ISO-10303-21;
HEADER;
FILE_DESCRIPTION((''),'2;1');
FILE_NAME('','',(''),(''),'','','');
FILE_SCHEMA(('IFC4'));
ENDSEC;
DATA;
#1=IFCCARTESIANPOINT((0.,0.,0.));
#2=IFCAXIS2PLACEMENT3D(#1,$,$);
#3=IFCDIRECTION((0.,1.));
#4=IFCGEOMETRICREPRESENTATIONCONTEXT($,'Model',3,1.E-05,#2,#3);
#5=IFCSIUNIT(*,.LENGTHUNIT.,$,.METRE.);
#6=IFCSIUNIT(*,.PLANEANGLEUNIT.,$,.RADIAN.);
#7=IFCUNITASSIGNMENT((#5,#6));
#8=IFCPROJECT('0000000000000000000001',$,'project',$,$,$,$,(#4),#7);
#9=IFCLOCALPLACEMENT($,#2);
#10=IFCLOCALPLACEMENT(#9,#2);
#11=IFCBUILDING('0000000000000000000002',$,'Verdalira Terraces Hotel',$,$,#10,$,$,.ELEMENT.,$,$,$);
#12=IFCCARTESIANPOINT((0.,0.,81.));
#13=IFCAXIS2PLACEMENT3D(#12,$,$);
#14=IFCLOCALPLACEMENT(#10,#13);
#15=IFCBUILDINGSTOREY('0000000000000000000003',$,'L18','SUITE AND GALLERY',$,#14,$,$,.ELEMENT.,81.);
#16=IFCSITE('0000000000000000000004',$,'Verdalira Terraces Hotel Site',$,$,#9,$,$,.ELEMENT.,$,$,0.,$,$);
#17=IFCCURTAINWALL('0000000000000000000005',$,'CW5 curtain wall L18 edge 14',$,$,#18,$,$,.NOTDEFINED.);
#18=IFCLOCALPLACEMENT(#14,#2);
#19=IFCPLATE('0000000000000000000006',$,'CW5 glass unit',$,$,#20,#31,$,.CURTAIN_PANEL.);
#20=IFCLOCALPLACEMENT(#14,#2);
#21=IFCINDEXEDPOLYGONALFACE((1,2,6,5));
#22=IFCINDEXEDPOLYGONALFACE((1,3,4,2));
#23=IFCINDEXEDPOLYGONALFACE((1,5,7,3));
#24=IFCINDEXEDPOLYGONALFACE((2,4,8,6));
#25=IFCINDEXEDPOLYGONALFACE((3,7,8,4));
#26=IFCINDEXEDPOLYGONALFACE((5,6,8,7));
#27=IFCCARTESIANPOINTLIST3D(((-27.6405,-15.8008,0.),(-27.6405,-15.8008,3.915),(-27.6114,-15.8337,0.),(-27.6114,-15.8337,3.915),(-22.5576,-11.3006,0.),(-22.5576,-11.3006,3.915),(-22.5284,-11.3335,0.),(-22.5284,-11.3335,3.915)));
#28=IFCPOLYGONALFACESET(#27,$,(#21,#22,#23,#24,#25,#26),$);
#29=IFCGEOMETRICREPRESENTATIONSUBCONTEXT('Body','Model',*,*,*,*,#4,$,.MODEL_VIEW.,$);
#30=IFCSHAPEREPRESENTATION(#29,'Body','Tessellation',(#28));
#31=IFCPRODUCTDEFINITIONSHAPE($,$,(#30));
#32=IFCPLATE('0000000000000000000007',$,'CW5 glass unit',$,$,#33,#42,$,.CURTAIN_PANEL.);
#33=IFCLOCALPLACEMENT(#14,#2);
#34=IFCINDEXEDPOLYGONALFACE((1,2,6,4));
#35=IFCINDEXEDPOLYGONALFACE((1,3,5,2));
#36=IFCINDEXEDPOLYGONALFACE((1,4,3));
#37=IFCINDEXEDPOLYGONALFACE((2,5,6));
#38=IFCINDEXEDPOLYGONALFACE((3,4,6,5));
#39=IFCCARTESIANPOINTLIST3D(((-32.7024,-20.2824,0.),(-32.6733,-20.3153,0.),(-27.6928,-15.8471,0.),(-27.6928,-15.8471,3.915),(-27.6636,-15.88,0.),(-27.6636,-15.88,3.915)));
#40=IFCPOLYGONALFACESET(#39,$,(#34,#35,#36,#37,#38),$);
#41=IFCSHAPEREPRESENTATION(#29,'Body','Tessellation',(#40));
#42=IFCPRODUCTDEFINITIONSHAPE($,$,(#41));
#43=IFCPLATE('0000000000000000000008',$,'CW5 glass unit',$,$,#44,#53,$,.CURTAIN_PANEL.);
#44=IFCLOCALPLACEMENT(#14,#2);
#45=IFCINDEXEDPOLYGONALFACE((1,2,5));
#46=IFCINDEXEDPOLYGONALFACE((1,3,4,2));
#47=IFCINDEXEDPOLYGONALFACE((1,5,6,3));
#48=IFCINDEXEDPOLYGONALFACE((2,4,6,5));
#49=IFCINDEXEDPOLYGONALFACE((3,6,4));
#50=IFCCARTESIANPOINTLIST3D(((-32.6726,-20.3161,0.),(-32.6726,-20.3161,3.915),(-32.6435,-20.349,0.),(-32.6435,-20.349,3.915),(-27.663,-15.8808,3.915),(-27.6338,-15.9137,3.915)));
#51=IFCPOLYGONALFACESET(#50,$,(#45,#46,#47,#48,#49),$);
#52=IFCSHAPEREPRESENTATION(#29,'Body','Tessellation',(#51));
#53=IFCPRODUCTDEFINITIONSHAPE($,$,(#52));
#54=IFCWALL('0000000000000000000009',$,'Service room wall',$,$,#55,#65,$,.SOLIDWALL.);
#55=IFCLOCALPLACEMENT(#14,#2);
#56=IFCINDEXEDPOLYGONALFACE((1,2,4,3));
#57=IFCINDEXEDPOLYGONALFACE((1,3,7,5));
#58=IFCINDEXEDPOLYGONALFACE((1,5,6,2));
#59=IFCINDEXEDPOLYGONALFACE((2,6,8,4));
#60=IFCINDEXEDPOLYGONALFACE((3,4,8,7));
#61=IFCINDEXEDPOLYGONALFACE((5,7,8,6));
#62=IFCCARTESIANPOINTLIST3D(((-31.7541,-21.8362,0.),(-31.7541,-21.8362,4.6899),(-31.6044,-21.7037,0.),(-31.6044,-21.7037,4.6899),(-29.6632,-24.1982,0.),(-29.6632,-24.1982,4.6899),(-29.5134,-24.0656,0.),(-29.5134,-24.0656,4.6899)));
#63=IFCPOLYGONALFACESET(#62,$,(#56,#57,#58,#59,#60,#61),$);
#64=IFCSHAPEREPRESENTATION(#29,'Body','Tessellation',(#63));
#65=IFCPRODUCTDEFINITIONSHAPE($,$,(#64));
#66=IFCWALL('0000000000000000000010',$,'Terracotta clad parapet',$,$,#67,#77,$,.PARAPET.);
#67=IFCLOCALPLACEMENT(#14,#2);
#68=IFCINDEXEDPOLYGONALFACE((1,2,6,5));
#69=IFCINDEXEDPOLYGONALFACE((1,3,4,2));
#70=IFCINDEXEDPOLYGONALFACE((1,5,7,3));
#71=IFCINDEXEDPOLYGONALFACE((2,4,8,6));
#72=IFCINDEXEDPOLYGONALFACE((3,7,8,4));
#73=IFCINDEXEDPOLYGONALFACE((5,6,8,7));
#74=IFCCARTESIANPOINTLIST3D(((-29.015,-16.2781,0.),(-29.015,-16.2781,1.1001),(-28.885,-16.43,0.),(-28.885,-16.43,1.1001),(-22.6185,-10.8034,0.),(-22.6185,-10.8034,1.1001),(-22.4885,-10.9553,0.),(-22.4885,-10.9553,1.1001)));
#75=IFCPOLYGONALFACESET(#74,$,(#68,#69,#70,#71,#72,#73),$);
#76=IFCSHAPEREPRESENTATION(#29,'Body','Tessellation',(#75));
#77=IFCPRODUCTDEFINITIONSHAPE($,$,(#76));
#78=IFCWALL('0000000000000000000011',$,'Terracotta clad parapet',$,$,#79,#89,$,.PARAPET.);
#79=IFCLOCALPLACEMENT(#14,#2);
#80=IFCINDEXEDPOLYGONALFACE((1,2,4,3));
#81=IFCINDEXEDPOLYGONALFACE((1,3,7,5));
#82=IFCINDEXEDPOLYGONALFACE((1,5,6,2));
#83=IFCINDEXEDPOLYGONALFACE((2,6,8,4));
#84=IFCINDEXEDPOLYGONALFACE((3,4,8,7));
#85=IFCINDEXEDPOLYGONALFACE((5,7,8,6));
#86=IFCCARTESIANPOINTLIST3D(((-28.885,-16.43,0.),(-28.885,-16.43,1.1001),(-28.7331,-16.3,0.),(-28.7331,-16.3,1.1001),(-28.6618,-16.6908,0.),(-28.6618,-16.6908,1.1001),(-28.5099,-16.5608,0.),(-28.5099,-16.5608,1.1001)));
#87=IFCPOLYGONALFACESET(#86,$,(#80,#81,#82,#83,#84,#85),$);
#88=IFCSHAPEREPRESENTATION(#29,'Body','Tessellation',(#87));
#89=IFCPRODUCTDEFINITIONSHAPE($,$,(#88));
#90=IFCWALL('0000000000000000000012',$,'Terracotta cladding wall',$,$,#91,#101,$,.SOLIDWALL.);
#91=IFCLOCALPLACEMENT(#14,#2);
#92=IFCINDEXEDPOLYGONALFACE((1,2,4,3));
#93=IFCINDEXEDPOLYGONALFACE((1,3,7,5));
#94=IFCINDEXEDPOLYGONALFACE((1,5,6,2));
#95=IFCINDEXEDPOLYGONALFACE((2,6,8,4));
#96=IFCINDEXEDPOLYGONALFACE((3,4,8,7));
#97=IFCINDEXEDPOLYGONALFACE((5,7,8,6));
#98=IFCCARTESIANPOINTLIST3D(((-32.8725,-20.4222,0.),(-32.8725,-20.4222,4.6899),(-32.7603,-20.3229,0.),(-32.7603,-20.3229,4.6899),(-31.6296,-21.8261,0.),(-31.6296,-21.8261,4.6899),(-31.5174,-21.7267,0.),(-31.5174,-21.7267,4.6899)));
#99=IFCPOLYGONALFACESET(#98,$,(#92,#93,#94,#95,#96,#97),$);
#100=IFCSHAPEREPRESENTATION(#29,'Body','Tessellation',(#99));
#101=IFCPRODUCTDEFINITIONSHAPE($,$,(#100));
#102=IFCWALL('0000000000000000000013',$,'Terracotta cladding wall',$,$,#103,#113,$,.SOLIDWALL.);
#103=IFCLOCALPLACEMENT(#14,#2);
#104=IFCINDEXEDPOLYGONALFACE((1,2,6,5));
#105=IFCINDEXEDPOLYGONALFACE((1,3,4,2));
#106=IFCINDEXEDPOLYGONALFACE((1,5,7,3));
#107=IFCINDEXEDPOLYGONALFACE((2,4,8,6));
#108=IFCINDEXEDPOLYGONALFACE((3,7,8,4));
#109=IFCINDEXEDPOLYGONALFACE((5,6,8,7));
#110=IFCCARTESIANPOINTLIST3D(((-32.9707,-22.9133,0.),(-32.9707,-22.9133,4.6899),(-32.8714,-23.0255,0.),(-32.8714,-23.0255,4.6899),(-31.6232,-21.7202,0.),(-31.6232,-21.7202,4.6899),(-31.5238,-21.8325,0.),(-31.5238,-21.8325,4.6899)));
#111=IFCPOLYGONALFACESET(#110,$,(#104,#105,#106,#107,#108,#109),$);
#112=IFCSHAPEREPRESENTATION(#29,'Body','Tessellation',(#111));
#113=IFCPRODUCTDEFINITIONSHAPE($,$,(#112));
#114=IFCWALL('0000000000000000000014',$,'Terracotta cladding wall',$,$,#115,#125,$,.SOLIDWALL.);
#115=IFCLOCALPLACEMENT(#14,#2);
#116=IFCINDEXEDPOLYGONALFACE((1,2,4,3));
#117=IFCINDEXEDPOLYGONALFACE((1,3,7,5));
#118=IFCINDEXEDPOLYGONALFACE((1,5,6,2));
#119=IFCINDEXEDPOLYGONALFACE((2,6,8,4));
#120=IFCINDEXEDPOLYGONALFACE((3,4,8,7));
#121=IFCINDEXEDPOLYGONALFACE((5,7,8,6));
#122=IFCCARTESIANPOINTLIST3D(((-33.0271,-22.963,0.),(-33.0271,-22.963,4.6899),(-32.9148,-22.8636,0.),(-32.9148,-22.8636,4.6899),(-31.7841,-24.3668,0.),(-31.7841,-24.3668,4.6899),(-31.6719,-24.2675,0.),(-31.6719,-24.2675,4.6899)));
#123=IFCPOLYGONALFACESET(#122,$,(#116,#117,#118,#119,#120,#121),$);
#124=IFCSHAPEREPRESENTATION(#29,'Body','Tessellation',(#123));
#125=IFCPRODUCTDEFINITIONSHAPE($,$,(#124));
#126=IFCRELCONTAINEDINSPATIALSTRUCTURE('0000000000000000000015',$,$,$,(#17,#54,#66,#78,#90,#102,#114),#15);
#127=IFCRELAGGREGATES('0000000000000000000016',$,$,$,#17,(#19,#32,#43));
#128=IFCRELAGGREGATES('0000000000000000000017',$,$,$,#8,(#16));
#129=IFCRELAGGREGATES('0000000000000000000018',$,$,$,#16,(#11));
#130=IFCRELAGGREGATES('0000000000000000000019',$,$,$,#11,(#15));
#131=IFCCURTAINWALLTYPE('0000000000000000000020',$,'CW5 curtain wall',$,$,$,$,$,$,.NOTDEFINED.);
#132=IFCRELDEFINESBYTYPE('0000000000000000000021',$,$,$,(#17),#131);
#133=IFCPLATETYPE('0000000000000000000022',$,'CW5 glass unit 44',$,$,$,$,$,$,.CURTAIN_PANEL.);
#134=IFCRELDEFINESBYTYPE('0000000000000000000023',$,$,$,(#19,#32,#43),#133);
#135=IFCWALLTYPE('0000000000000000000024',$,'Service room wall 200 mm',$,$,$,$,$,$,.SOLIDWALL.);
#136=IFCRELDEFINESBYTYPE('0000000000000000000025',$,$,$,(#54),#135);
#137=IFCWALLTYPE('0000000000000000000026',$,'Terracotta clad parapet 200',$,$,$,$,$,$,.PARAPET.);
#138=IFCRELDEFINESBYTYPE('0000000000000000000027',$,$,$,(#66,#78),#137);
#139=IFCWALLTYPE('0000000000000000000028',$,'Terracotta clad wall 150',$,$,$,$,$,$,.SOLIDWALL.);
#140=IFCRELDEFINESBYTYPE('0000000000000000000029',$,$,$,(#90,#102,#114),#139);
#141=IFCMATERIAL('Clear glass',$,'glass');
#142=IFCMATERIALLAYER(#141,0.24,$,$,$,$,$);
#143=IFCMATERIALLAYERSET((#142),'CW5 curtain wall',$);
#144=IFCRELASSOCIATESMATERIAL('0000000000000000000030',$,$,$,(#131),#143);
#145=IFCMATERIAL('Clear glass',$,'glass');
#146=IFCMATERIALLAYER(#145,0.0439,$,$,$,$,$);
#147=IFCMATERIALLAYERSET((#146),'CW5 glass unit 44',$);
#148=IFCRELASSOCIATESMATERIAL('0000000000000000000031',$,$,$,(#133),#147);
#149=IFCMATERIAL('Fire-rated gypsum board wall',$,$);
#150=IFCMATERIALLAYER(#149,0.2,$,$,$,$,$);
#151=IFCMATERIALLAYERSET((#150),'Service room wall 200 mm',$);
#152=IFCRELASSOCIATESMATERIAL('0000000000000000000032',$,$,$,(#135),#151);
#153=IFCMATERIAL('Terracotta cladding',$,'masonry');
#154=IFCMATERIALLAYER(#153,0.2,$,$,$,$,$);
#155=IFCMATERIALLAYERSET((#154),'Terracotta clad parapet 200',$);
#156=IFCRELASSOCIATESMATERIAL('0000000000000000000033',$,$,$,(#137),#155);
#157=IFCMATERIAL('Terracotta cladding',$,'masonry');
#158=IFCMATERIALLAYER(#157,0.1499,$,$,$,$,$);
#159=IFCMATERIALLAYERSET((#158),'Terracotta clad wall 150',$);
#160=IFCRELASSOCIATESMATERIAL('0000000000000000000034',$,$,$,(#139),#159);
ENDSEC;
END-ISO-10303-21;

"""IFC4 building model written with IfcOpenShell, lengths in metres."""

from ifc_helpers import new_model, si_unit, direction, frame, frame_2d, origin, origin_2d, place, context, subcontext, project, spatial, polyline, rectangle, outline, extrude, material, layer, layer_set, type_object, element, aggregate, save


model = new_model("IFC4")

# Units and contexts
model_context = context("Model", 3, precision=1e-05, world=origin(), true_north=direction((0.0, 1.0)))
body_context = subcontext(model_context, "Body", "Model", "MODEL_VIEW")
ifc_project = project(units=[si_unit("LENGTHUNIT", "METRE"), si_unit("PLANEANGLEUNIT", "RADIAN")], contexts=[model_context])

# Site, building, storey
site_placement = place(None, origin())
site = spatial("IfcSite", under=ifc_project, at=site_placement, Name="Verdalira Terraces Hotel Site", CompositionType="ELEMENT", RefElevation=0.0)
building_placement = place(site_placement, origin())
building = spatial("IfcBuilding", under=site, at=building_placement, Name="Verdalira Terraces Hotel", CompositionType="ELEMENT")
storey_placement = place(building_placement, frame((0.0, 0.0, 81.0)))
storey = spatial("IfcBuildingStorey", under=building, at=storey_placement, Name="L18", Description="SUITE AND GALLERY", CompositionType="ELEMENT", Elevation=81.0)

# Shared definitions
ifc_material_1 = material(Name="Clear glass", Category="glass")
ifc_layer_1 = layer(ifc_material_1, 0.24)
ifc_layer_set_1 = layer_set([ifc_layer_1], Name="CW5 curtain wall")
curtain_wall_type = type_object("IfcCurtainWallType", Name="CW5 curtain wall", PredefinedType="NOTDEFINED", material=ifc_layer_set_1)

# Curtain wall
curtain_wall_1_placement = place(storey_placement, origin())
curtain_wall_1 = element("IfcCurtainWall", 1, at=curtain_wall_1_placement, inside=storey, type_object=curtain_wall_type, Name="CW5 curtain wall L18 edge 14", PredefinedType="NOTDEFINED")

# Plates
ifc_material_2 = material(Name="Clear glass", Category="glass")
ifc_layer_2 = layer(ifc_material_2, 0.0439)
ifc_layer_set_2 = layer_set([ifc_layer_2], Name="CW5 glass unit 44")
plate_type = type_object("IfcPlateType", Name="CW5 glass unit 44", PredefinedType="CURTAIN_PANEL", material=ifc_layer_set_2)
plate_1_placement = place(storey_placement, frame((-25.0845, -13.5671, 0.0), z_axis=(0.0, 0.0, 1.0), x_axis=(-0.748724, -0.662881, 0.0)))
plate_1 = element("IfcPlate", 2, at=plate_1_placement, type_object=plate_type, Name="CW5 glass unit", PredefinedType="CURTAIN_PANEL", context=body_context, shape_type="SweptSolid", body=[
    extrude(rectangle(XDim=6.7888, YDim=0.0439, at=origin_2d()), origin(), (0.0, 0.0, 1.0), 3.915),
])
plate_2_placement = place(storey_placement, frame((-30.1685, -18.0977, 1.9575), z_axis=(-0.662881, 0.748724, 0.0), x_axis=(-0.748724, -0.662881, 0.0)))
plate_2 = element("IfcPlate", 3, at=plate_2_placement, type_object=plate_type, Name="CW5 glass unit", PredefinedType="CURTAIN_PANEL", context=body_context, shape_type="SweptSolid", body=[
    extrude(outline(polyline([(-3.3455, -1.9575), (3.3455, -1.9575), (-3.3455, 1.9575), (-3.3455, -1.9575)])), origin(), (0.0, 0.0, 1.0), 0.0439),
])
plate_3_placement = place(storey_placement, frame((-30.1387, -18.1313, 1.9575), z_axis=(-0.662881, 0.748724, 0.0), x_axis=(-0.748724, -0.662881, 0.0)))
plate_3 = element("IfcPlate", 4, at=plate_3_placement, type_object=plate_type, Name="CW5 glass unit", PredefinedType="CURTAIN_PANEL", context=body_context, shape_type="SweptSolid", body=[
    extrude(outline(polyline([(3.3455, -1.9575), (3.3455, 1.9575), (-3.3455, 1.9575), (3.3455, -1.9575)])), origin(), (0.0, 0.0, 1.0), 0.0439),
])
aggregate(curtain_wall_1, [plate_1, plate_2, plate_3])

# Walls
ifc_material_3 = material(Name="Fire-rated gypsum board wall")
ifc_layer_3 = layer(ifc_material_3, 0.2)
ifc_layer_set_3 = layer_set([ifc_layer_3], Name="Service room wall 200 mm")
wall_type_1 = type_object("IfcWallType", Name="Service room wall 200 mm", PredefinedType="SOLIDWALL", material=ifc_layer_set_3)
wall_1_placement = place(storey_placement, frame((-31.6792, -21.77, 0.0), z_axis=(0.0, 0.0, 1.0), x_axis=(0.662849, -0.748753, 0.0)))
element("IfcWall", 5, at=wall_1_placement, inside=storey, type_object=wall_type_1, Name="Service room wall", PredefinedType="SOLIDWALL", context=body_context, shape_type="SweptSolid", body=[
    extrude(rectangle(XDim=3.1545, YDim=0.2, at=frame_2d((1.5771, 0.0))), origin(), (0.0, 0.0, 1.0), 4.6899),
])
ifc_material_4 = material(Name="Terracotta cladding", Category="masonry")
ifc_layer_4 = layer(ifc_material_4, 0.2)
ifc_layer_set_4 = layer_set([ifc_layer_4], Name="Terracotta clad parapet 200")
wall_type_2 = type_object("IfcWallType", Name="Terracotta clad parapet 200", PredefinedType="PARAPET", material=ifc_layer_set_4)
wall_2_placement = place(storey_placement, frame((-22.5535, -10.8794, 0.0), z_axis=(0.0, 0.0, 1.0), x_axis=(-0.759731, -0.650237, 0.0)))
element("IfcWall", 6, at=wall_2_placement, inside=storey, type_object=wall_type_2, Name="Terracotta clad parapet", PredefinedType="PARAPET", context=body_context, shape_type="SweptSolid", body=[
    extrude(rectangle(XDim=8.4194, YDim=0.2, at=frame_2d((4.2097, 0.0))), origin(), (0.0, 0.0, 1.0), 1.1001),
])
wall_3_placement = place(storey_placement, frame((-28.8091, -16.365, 0.0), z_axis=(0.0, 0.0, 1.0), x_axis=(0.650205, -0.759759, 0.0)))
element("IfcWall", 7, at=wall_3_placement, inside=storey, type_object=wall_type_2, Name="Terracotta clad parapet", PredefinedType="PARAPET", context=body_context, shape_type="SweptSolid", body=[
    extrude(rectangle(XDim=0.3433, YDim=0.2, at=frame_2d((0.1716, 0.0))), origin(), (0.0, 0.0, 1.0), 1.1001),
])
ifc_material_5 = material(Name="Terracotta cladding", Category="masonry")
ifc_layer_5 = layer(ifc_material_5, 0.1499)
ifc_layer_set_5 = layer_set([ifc_layer_5], Name="Terracotta clad wall 150")
wall_type_3 = type_object("IfcWallType", Name="Terracotta clad wall 150", PredefinedType="SOLIDWALL", material=ifc_layer_set_5)
wall_4_placement = place(storey_placement, frame((-32.8164, -20.3726, 0.0), z_axis=(0.0, 0.0, 1.0), x_axis=(0.6629, -0.748708, 0.0)))
element("IfcWall", 8, at=wall_4_placement, inside=storey, type_object=wall_type_3, Name="Terracotta cladding wall", PredefinedType="SOLIDWALL", context=body_context, shape_type="SweptSolid", body=[
    extrude(rectangle(XDim=1.875, YDim=0.1499, at=frame_2d((0.9375, 0.0))), origin(), (0.0, 0.0, 1.0), 4.6899),
])
wall_5_placement = place(storey_placement, frame((-31.5735, -21.7764, 0.0), z_axis=(0.0, 0.0, 1.0), x_axis=(-0.748732, -0.662872, 0.0)))
element("IfcWall", 9, at=wall_5_placement, inside=storey, type_object=wall_type_3, Name="Terracotta cladding wall", PredefinedType="SOLIDWALL", context=body_context, shape_type="SweptSolid", body=[
    extrude(rectangle(XDim=1.7998, YDim=0.1499, at=frame_2d((0.8999, 0.0))), origin(), (0.0, 0.0, 1.0), 4.6899),
])
wall_6_placement = place(storey_placement, frame((-32.9709, -22.9133, 0.0), z_axis=(0.0, 0.0, 1.0), x_axis=(0.6629, -0.748708, 0.0)))
element("IfcWall", 10, at=wall_6_placement, inside=storey, type_object=wall_type_3, Name="Terracotta cladding wall", PredefinedType="SOLIDWALL", context=body_context, shape_type="SweptSolid", body=[
    extrude(rectangle(XDim=1.875, YDim=0.1499, at=frame_2d((0.9375, 0.0))), origin(), (0.0, 0.0, 1.0), 4.6899),
])

save(model, "model.ifc")
